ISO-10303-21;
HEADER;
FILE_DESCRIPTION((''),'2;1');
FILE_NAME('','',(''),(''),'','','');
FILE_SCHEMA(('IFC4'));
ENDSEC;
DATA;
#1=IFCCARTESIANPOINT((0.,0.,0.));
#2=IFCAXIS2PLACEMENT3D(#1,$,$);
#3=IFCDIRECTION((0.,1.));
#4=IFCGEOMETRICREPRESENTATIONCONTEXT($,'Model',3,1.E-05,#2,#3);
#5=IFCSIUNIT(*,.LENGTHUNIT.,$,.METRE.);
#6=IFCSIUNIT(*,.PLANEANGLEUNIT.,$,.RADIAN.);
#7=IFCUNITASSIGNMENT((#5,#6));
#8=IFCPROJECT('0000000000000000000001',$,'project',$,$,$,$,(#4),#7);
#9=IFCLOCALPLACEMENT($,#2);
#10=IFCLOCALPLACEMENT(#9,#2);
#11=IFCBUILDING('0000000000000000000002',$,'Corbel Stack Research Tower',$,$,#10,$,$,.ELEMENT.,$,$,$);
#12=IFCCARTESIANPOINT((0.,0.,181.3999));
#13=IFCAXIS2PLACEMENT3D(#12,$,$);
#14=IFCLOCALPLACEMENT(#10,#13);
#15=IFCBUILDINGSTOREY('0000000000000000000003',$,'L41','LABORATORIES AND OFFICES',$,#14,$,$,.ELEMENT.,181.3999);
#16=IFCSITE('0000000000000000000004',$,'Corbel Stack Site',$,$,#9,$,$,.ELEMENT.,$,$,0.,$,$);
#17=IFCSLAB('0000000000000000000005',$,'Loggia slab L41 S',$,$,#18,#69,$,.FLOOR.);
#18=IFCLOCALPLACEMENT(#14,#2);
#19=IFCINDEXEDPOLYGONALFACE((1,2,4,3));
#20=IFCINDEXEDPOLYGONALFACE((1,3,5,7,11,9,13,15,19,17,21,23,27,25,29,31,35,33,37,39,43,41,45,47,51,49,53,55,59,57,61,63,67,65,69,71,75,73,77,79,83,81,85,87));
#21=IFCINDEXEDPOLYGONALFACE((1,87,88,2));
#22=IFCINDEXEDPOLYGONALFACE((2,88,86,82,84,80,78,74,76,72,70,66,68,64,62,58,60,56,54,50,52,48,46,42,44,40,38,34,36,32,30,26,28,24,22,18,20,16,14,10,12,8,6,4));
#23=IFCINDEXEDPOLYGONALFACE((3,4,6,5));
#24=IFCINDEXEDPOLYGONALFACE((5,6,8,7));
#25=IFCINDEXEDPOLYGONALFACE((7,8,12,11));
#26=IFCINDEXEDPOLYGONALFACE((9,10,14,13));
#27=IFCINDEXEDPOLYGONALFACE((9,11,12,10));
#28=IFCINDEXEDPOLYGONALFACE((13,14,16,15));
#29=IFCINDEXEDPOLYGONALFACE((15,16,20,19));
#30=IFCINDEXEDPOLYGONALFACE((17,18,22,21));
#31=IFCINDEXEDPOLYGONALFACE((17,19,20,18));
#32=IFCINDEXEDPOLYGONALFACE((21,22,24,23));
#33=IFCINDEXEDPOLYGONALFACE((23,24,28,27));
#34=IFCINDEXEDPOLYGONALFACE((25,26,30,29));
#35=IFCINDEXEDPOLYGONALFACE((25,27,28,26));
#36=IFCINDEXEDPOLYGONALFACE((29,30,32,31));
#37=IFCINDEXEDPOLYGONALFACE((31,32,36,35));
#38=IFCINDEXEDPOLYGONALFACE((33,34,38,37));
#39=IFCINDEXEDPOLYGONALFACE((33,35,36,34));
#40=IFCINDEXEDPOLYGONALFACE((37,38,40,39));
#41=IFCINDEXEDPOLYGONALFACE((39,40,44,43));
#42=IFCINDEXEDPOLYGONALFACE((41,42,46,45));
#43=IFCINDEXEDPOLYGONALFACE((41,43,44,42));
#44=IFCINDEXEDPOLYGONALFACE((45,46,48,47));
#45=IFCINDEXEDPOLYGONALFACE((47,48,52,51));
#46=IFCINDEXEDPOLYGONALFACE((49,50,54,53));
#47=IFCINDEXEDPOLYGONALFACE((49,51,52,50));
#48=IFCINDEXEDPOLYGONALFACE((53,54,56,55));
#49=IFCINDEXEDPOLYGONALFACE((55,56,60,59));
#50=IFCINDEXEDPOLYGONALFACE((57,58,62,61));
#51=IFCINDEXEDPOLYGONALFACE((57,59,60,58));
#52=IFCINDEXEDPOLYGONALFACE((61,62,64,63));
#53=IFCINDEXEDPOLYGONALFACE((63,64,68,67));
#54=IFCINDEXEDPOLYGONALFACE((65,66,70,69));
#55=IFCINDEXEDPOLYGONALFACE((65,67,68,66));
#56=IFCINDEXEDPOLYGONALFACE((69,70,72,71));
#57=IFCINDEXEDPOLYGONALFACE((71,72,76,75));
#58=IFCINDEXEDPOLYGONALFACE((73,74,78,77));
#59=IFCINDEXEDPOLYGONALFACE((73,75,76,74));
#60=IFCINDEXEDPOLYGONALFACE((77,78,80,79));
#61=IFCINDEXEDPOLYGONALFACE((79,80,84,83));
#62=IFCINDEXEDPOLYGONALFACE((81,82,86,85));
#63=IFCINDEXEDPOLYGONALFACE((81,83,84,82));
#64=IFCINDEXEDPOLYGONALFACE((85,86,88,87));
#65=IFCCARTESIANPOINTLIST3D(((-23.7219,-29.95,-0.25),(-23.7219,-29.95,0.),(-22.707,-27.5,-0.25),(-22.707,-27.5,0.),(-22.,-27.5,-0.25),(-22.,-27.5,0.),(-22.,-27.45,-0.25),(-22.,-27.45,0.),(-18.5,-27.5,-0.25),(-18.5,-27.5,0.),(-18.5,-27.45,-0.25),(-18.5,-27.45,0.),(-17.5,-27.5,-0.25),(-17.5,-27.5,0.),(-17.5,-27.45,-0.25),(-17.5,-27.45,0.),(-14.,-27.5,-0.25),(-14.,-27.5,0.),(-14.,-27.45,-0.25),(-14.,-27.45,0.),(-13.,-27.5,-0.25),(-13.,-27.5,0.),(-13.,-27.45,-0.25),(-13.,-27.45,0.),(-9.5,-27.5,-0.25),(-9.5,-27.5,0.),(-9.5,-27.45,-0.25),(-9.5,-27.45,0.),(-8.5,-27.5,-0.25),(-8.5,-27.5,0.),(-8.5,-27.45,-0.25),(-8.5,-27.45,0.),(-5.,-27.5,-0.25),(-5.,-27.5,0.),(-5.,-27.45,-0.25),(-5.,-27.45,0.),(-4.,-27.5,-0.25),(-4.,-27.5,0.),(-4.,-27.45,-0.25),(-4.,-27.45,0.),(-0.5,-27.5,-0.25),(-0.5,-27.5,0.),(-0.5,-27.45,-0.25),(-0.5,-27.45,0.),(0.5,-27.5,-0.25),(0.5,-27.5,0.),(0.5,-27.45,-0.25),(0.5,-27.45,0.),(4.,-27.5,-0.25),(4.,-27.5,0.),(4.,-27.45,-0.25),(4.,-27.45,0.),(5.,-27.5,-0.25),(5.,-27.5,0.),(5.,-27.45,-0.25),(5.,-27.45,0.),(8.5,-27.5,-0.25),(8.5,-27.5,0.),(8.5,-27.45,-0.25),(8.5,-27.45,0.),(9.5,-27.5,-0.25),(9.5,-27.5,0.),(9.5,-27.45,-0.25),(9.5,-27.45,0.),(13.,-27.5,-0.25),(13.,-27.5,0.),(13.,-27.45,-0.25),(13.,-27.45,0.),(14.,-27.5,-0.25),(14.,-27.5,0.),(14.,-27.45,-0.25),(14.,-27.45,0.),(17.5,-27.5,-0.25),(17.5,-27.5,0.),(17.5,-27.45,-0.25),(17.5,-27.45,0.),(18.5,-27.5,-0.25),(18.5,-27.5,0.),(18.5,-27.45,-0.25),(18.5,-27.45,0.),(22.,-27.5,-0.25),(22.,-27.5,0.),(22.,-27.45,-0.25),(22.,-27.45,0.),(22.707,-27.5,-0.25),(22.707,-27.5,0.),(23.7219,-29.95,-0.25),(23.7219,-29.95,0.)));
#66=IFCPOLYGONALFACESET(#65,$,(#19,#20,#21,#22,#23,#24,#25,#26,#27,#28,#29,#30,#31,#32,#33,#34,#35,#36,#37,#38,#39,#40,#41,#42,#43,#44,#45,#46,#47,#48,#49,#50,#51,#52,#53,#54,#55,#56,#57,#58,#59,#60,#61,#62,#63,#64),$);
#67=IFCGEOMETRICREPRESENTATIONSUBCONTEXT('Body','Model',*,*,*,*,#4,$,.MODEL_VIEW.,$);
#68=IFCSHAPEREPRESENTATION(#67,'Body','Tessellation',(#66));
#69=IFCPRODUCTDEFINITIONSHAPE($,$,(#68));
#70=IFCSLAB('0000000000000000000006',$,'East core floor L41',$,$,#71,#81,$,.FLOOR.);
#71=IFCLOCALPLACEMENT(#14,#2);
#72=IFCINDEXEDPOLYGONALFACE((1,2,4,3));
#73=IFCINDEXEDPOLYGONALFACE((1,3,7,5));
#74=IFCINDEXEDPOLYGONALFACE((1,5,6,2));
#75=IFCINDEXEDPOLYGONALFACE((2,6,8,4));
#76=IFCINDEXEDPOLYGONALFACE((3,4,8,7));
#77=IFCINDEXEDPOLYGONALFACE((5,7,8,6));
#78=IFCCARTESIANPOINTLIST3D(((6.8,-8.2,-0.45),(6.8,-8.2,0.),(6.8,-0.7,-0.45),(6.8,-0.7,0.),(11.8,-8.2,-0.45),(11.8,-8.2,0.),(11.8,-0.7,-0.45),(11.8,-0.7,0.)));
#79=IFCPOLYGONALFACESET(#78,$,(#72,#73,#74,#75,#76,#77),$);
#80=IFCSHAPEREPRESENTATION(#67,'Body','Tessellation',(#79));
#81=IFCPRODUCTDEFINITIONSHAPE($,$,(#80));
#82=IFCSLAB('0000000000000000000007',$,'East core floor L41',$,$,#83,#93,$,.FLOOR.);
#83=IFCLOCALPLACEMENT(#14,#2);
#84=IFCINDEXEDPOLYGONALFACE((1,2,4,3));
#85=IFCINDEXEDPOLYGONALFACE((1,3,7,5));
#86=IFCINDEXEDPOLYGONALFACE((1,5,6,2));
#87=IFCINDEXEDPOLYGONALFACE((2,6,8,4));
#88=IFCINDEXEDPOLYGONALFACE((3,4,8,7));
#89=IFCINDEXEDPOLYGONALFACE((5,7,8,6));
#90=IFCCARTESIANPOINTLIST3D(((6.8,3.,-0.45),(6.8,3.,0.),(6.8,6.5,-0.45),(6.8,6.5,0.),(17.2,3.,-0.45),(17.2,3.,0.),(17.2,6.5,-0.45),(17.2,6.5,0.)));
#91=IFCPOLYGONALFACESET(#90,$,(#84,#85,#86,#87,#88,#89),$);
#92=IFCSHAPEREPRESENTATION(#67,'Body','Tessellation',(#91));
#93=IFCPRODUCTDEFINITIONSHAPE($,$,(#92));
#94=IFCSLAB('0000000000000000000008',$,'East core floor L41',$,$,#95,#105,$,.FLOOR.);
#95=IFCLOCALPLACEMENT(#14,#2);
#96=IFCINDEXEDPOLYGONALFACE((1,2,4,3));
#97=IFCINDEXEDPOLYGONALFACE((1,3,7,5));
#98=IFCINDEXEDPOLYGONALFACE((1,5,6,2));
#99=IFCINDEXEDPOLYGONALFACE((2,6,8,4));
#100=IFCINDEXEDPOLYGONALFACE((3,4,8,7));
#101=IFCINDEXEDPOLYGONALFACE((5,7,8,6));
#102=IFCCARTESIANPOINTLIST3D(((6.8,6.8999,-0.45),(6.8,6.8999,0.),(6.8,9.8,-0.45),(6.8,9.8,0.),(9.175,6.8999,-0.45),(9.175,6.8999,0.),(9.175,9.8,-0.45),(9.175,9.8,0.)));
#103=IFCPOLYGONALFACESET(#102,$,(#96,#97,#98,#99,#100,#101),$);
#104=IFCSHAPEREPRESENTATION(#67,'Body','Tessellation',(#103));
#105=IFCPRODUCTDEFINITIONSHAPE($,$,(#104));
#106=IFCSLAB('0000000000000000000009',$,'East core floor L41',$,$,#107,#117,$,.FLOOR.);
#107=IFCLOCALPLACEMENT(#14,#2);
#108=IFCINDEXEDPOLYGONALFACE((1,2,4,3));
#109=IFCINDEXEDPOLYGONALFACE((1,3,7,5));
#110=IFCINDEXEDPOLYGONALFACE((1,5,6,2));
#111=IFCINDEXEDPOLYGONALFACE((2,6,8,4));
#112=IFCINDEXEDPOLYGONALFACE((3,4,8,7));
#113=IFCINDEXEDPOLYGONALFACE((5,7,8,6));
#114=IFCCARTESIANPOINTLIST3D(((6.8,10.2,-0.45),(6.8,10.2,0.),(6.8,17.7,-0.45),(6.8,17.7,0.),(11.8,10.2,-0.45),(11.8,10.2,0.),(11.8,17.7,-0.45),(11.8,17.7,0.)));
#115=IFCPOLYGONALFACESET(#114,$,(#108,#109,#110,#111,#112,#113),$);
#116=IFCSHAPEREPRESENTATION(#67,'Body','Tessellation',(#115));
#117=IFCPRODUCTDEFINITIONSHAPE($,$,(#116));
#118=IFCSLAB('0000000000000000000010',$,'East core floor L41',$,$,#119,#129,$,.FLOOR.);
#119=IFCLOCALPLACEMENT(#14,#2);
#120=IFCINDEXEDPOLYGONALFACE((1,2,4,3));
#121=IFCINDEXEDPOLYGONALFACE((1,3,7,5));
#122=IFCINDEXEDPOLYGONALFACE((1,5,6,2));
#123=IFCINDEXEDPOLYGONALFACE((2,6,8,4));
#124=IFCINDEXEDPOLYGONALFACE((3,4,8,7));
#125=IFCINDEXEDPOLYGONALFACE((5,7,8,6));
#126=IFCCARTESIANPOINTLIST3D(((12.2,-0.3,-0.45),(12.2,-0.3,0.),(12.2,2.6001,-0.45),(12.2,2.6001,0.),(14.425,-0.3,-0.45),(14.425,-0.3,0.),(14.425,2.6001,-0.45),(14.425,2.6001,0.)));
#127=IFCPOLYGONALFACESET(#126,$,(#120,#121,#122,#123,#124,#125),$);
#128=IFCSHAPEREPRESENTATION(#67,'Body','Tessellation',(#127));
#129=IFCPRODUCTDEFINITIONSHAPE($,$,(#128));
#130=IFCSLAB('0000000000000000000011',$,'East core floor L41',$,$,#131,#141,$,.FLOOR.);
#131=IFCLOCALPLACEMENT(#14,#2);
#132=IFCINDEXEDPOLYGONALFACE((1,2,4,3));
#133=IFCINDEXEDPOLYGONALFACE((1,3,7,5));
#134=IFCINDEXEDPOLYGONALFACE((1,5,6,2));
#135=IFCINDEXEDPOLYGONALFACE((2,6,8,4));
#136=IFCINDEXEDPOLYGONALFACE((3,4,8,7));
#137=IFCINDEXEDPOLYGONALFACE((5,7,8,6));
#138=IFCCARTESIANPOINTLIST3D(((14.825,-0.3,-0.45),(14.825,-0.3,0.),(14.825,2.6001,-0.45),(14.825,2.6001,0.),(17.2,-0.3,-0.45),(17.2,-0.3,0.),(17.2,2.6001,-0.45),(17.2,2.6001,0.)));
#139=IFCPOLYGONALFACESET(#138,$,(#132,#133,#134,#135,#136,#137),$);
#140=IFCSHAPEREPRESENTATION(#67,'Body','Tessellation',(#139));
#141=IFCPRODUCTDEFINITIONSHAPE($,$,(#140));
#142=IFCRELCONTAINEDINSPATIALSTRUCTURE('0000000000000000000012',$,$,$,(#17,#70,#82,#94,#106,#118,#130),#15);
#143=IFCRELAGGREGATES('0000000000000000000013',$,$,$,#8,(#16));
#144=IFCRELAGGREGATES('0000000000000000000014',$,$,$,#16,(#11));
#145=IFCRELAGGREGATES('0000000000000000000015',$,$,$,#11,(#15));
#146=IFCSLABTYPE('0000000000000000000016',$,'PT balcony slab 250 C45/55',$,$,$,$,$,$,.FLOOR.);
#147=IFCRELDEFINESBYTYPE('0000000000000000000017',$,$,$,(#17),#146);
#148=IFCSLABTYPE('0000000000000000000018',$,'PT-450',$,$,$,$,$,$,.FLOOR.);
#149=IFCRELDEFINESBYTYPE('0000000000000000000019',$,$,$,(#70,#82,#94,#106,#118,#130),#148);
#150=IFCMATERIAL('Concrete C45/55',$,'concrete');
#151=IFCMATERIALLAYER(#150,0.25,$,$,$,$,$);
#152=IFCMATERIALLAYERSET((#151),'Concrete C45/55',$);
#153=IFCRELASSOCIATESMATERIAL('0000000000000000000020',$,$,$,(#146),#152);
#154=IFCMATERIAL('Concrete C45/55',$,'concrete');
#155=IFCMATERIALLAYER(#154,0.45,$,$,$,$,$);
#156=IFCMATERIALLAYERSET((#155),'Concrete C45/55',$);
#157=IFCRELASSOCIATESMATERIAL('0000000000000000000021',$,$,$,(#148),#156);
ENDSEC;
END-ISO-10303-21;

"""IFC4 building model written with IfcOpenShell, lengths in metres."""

from ifc_helpers import new_model, si_unit, direction, frame, origin, place, context, subcontext, project, spatial, polyline, outline, extrude, material, layer, layer_set, type_object, element, save


model = new_model("IFC4")

# Units and contexts
model_context = context("Model", 3, precision=1e-05, world=origin(), true_north=direction((0.0, 1.0)))
body_context = subcontext(model_context, "Body", "Model", "MODEL_VIEW")
ifc_project = project(units=[si_unit("LENGTHUNIT", "METRE"), si_unit("PLANEANGLEUNIT", "RADIAN")], contexts=[model_context])

# Site, building, storey
site_placement = place(None, origin())
site = spatial("IfcSite", under=ifc_project, at=site_placement, Name="Corbel Stack Site", CompositionType="ELEMENT", RefElevation=0.0)
building_placement = place(site_placement, origin())
building = spatial("IfcBuilding", under=site, at=building_placement, Name="Corbel Stack Research Tower", CompositionType="ELEMENT")
storey_placement = place(building_placement, frame((0.0, 0.0, 181.3999)))
storey = spatial("IfcBuildingStorey", under=building, at=storey_placement, Name="L41", Description="LABORATORIES AND OFFICES", CompositionType="ELEMENT", Elevation=181.3999)

# Slabs
ifc_material_1 = material(Name="Concrete C45/55", Category="concrete")
ifc_layer_1 = layer(ifc_material_1, 0.25)
ifc_layer_set_1 = layer_set([ifc_layer_1], Name="Concrete C45/55")
slab_type_1 = type_object("IfcSlabType", Name="PT balcony slab 250 C45/55", PredefinedType="FLOOR", material=ifc_layer_set_1)
slab_1_placement = place(storey_placement, frame((0.0, 0.0, -0.25)))
element("IfcSlab", 1, at=slab_1_placement, inside=storey, type_object=slab_type_1, Name="Loggia slab L41 S", PredefinedType="FLOOR", context=body_context, shape_type="SweptSolid", body=[
    extrude(outline(polyline([(22.707, -27.5), (22.0, -27.5), (22.0, -27.45), (18.5, -27.45), (18.5, -27.5), (17.5, -27.5), (17.5, -27.45), (14.0, -27.45), (14.0, -27.5), (13.0, -27.5), (13.0, -27.45), (9.5, -27.45), (9.5, -27.5), (8.5, -27.5), (8.5, -27.45), (5.0, -27.45), (5.0, -27.5), (4.0, -27.5), (4.0, -27.45), (0.5, -27.45), (0.5, -27.5), (-0.5, -27.5), (-0.5, -27.45), (-4.0, -27.45), (-4.0, -27.5), (-5.0, -27.5), (-5.0, -27.45), (-8.5, -27.45), (-8.5, -27.5), (-9.5, -27.5), (-9.5, -27.45), (-13.0, -27.45), (-13.0, -27.5), (-14.0, -27.5), (-14.0, -27.45), (-17.5, -27.45), (-17.5, -27.5), (-18.5, -27.5), (-18.5, -27.45), (-22.0, -27.45), (-22.0, -27.5), (-22.707, -27.5), (-23.7219, -29.95), (23.7219, -29.95), (22.707, -27.5)])), origin(), (0.0, 0.0, 1.0), 0.25),
])
ifc_material_2 = material(Name="Concrete C45/55", Category="concrete")
ifc_layer_2 = layer(ifc_material_2, 0.45)
ifc_layer_set_2 = layer_set([ifc_layer_2], Name="Concrete C45/55")
slab_type_2 = type_object("IfcSlabType", Name="PT-450", PredefinedType="FLOOR", material=ifc_layer_set_2)
slab_2_placement = place(storey_placement, frame((0.0, 0.0, -0.45)))
element("IfcSlab", 2, at=slab_2_placement, inside=storey, type_object=slab_type_2, Name="East core floor L41", PredefinedType="FLOOR", context=body_context, shape_type="SweptSolid", body=[
    extrude(outline(polyline([(6.8, -0.7), (6.8, -8.2), (11.8, -8.2), (11.8, -0.7), (6.8, -0.7)])), origin(), (0.0, 0.0, 1.0), 0.45),
])
slab_3_placement = place(storey_placement, frame((0.0, 0.0, -0.45)))
element("IfcSlab", 3, at=slab_3_placement, inside=storey, type_object=slab_type_2, Name="East core floor L41", PredefinedType="FLOOR", context=body_context, shape_type="SweptSolid", body=[
    extrude(outline(polyline([(17.2, 6.5), (6.8, 6.5), (6.8, 3.0), (17.2, 3.0), (17.2, 6.5)])), origin(), (0.0, 0.0, 1.0), 0.45),
])
slab_4_placement = place(storey_placement, frame((0.0, 0.0, -0.45)))
element("IfcSlab", 4, at=slab_4_placement, inside=storey, type_object=slab_type_2, Name="East core floor L41", PredefinedType="FLOOR", context=body_context, shape_type="SweptSolid", body=[
    extrude(outline(polyline([(6.8, 6.8999), (9.175, 6.8999), (9.175, 9.8), (6.8, 9.8), (6.8, 6.8999)])), origin(), (0.0, 0.0, 1.0), 0.45),
])
slab_5_placement = place(storey_placement, frame((0.0, 0.0, -0.45)))
element("IfcSlab", 5, at=slab_5_placement, inside=storey, type_object=slab_type_2, Name="East core floor L41", PredefinedType="FLOOR", context=body_context, shape_type="SweptSolid", body=[
    extrude(outline(polyline([(6.8, 17.7), (6.8, 10.2), (11.8, 10.2), (11.8, 17.7), (6.8, 17.7)])), origin(), (0.0, 0.0, 1.0), 0.45),
])
slab_6_placement = place(storey_placement, frame((0.0, 0.0, -0.45)))
element("IfcSlab", 6, at=slab_6_placement, inside=storey, type_object=slab_type_2, Name="East core floor L41", PredefinedType="FLOOR", context=body_context, shape_type="SweptSolid", body=[
    extrude(outline(polyline([(14.425, -0.3), (14.425, 2.6001), (12.2, 2.6001), (12.2, -0.3), (14.425, -0.3)])), origin(), (0.0, 0.0, 1.0), 0.45),
])
slab_7_placement = place(storey_placement, frame((0.0, 0.0, -0.45)))
element("IfcSlab", 7, at=slab_7_placement, inside=storey, type_object=slab_type_2, Name="East core floor L41", PredefinedType="FLOOR", context=body_context, shape_type="SweptSolid", body=[
    extrude(outline(polyline([(17.2, -0.3), (17.2, 2.6001), (14.825, 2.6001), (14.825, -0.3), (17.2, -0.3)])), origin(), (0.0, 0.0, 1.0), 0.45),
])

save(model, "model.ifc")
